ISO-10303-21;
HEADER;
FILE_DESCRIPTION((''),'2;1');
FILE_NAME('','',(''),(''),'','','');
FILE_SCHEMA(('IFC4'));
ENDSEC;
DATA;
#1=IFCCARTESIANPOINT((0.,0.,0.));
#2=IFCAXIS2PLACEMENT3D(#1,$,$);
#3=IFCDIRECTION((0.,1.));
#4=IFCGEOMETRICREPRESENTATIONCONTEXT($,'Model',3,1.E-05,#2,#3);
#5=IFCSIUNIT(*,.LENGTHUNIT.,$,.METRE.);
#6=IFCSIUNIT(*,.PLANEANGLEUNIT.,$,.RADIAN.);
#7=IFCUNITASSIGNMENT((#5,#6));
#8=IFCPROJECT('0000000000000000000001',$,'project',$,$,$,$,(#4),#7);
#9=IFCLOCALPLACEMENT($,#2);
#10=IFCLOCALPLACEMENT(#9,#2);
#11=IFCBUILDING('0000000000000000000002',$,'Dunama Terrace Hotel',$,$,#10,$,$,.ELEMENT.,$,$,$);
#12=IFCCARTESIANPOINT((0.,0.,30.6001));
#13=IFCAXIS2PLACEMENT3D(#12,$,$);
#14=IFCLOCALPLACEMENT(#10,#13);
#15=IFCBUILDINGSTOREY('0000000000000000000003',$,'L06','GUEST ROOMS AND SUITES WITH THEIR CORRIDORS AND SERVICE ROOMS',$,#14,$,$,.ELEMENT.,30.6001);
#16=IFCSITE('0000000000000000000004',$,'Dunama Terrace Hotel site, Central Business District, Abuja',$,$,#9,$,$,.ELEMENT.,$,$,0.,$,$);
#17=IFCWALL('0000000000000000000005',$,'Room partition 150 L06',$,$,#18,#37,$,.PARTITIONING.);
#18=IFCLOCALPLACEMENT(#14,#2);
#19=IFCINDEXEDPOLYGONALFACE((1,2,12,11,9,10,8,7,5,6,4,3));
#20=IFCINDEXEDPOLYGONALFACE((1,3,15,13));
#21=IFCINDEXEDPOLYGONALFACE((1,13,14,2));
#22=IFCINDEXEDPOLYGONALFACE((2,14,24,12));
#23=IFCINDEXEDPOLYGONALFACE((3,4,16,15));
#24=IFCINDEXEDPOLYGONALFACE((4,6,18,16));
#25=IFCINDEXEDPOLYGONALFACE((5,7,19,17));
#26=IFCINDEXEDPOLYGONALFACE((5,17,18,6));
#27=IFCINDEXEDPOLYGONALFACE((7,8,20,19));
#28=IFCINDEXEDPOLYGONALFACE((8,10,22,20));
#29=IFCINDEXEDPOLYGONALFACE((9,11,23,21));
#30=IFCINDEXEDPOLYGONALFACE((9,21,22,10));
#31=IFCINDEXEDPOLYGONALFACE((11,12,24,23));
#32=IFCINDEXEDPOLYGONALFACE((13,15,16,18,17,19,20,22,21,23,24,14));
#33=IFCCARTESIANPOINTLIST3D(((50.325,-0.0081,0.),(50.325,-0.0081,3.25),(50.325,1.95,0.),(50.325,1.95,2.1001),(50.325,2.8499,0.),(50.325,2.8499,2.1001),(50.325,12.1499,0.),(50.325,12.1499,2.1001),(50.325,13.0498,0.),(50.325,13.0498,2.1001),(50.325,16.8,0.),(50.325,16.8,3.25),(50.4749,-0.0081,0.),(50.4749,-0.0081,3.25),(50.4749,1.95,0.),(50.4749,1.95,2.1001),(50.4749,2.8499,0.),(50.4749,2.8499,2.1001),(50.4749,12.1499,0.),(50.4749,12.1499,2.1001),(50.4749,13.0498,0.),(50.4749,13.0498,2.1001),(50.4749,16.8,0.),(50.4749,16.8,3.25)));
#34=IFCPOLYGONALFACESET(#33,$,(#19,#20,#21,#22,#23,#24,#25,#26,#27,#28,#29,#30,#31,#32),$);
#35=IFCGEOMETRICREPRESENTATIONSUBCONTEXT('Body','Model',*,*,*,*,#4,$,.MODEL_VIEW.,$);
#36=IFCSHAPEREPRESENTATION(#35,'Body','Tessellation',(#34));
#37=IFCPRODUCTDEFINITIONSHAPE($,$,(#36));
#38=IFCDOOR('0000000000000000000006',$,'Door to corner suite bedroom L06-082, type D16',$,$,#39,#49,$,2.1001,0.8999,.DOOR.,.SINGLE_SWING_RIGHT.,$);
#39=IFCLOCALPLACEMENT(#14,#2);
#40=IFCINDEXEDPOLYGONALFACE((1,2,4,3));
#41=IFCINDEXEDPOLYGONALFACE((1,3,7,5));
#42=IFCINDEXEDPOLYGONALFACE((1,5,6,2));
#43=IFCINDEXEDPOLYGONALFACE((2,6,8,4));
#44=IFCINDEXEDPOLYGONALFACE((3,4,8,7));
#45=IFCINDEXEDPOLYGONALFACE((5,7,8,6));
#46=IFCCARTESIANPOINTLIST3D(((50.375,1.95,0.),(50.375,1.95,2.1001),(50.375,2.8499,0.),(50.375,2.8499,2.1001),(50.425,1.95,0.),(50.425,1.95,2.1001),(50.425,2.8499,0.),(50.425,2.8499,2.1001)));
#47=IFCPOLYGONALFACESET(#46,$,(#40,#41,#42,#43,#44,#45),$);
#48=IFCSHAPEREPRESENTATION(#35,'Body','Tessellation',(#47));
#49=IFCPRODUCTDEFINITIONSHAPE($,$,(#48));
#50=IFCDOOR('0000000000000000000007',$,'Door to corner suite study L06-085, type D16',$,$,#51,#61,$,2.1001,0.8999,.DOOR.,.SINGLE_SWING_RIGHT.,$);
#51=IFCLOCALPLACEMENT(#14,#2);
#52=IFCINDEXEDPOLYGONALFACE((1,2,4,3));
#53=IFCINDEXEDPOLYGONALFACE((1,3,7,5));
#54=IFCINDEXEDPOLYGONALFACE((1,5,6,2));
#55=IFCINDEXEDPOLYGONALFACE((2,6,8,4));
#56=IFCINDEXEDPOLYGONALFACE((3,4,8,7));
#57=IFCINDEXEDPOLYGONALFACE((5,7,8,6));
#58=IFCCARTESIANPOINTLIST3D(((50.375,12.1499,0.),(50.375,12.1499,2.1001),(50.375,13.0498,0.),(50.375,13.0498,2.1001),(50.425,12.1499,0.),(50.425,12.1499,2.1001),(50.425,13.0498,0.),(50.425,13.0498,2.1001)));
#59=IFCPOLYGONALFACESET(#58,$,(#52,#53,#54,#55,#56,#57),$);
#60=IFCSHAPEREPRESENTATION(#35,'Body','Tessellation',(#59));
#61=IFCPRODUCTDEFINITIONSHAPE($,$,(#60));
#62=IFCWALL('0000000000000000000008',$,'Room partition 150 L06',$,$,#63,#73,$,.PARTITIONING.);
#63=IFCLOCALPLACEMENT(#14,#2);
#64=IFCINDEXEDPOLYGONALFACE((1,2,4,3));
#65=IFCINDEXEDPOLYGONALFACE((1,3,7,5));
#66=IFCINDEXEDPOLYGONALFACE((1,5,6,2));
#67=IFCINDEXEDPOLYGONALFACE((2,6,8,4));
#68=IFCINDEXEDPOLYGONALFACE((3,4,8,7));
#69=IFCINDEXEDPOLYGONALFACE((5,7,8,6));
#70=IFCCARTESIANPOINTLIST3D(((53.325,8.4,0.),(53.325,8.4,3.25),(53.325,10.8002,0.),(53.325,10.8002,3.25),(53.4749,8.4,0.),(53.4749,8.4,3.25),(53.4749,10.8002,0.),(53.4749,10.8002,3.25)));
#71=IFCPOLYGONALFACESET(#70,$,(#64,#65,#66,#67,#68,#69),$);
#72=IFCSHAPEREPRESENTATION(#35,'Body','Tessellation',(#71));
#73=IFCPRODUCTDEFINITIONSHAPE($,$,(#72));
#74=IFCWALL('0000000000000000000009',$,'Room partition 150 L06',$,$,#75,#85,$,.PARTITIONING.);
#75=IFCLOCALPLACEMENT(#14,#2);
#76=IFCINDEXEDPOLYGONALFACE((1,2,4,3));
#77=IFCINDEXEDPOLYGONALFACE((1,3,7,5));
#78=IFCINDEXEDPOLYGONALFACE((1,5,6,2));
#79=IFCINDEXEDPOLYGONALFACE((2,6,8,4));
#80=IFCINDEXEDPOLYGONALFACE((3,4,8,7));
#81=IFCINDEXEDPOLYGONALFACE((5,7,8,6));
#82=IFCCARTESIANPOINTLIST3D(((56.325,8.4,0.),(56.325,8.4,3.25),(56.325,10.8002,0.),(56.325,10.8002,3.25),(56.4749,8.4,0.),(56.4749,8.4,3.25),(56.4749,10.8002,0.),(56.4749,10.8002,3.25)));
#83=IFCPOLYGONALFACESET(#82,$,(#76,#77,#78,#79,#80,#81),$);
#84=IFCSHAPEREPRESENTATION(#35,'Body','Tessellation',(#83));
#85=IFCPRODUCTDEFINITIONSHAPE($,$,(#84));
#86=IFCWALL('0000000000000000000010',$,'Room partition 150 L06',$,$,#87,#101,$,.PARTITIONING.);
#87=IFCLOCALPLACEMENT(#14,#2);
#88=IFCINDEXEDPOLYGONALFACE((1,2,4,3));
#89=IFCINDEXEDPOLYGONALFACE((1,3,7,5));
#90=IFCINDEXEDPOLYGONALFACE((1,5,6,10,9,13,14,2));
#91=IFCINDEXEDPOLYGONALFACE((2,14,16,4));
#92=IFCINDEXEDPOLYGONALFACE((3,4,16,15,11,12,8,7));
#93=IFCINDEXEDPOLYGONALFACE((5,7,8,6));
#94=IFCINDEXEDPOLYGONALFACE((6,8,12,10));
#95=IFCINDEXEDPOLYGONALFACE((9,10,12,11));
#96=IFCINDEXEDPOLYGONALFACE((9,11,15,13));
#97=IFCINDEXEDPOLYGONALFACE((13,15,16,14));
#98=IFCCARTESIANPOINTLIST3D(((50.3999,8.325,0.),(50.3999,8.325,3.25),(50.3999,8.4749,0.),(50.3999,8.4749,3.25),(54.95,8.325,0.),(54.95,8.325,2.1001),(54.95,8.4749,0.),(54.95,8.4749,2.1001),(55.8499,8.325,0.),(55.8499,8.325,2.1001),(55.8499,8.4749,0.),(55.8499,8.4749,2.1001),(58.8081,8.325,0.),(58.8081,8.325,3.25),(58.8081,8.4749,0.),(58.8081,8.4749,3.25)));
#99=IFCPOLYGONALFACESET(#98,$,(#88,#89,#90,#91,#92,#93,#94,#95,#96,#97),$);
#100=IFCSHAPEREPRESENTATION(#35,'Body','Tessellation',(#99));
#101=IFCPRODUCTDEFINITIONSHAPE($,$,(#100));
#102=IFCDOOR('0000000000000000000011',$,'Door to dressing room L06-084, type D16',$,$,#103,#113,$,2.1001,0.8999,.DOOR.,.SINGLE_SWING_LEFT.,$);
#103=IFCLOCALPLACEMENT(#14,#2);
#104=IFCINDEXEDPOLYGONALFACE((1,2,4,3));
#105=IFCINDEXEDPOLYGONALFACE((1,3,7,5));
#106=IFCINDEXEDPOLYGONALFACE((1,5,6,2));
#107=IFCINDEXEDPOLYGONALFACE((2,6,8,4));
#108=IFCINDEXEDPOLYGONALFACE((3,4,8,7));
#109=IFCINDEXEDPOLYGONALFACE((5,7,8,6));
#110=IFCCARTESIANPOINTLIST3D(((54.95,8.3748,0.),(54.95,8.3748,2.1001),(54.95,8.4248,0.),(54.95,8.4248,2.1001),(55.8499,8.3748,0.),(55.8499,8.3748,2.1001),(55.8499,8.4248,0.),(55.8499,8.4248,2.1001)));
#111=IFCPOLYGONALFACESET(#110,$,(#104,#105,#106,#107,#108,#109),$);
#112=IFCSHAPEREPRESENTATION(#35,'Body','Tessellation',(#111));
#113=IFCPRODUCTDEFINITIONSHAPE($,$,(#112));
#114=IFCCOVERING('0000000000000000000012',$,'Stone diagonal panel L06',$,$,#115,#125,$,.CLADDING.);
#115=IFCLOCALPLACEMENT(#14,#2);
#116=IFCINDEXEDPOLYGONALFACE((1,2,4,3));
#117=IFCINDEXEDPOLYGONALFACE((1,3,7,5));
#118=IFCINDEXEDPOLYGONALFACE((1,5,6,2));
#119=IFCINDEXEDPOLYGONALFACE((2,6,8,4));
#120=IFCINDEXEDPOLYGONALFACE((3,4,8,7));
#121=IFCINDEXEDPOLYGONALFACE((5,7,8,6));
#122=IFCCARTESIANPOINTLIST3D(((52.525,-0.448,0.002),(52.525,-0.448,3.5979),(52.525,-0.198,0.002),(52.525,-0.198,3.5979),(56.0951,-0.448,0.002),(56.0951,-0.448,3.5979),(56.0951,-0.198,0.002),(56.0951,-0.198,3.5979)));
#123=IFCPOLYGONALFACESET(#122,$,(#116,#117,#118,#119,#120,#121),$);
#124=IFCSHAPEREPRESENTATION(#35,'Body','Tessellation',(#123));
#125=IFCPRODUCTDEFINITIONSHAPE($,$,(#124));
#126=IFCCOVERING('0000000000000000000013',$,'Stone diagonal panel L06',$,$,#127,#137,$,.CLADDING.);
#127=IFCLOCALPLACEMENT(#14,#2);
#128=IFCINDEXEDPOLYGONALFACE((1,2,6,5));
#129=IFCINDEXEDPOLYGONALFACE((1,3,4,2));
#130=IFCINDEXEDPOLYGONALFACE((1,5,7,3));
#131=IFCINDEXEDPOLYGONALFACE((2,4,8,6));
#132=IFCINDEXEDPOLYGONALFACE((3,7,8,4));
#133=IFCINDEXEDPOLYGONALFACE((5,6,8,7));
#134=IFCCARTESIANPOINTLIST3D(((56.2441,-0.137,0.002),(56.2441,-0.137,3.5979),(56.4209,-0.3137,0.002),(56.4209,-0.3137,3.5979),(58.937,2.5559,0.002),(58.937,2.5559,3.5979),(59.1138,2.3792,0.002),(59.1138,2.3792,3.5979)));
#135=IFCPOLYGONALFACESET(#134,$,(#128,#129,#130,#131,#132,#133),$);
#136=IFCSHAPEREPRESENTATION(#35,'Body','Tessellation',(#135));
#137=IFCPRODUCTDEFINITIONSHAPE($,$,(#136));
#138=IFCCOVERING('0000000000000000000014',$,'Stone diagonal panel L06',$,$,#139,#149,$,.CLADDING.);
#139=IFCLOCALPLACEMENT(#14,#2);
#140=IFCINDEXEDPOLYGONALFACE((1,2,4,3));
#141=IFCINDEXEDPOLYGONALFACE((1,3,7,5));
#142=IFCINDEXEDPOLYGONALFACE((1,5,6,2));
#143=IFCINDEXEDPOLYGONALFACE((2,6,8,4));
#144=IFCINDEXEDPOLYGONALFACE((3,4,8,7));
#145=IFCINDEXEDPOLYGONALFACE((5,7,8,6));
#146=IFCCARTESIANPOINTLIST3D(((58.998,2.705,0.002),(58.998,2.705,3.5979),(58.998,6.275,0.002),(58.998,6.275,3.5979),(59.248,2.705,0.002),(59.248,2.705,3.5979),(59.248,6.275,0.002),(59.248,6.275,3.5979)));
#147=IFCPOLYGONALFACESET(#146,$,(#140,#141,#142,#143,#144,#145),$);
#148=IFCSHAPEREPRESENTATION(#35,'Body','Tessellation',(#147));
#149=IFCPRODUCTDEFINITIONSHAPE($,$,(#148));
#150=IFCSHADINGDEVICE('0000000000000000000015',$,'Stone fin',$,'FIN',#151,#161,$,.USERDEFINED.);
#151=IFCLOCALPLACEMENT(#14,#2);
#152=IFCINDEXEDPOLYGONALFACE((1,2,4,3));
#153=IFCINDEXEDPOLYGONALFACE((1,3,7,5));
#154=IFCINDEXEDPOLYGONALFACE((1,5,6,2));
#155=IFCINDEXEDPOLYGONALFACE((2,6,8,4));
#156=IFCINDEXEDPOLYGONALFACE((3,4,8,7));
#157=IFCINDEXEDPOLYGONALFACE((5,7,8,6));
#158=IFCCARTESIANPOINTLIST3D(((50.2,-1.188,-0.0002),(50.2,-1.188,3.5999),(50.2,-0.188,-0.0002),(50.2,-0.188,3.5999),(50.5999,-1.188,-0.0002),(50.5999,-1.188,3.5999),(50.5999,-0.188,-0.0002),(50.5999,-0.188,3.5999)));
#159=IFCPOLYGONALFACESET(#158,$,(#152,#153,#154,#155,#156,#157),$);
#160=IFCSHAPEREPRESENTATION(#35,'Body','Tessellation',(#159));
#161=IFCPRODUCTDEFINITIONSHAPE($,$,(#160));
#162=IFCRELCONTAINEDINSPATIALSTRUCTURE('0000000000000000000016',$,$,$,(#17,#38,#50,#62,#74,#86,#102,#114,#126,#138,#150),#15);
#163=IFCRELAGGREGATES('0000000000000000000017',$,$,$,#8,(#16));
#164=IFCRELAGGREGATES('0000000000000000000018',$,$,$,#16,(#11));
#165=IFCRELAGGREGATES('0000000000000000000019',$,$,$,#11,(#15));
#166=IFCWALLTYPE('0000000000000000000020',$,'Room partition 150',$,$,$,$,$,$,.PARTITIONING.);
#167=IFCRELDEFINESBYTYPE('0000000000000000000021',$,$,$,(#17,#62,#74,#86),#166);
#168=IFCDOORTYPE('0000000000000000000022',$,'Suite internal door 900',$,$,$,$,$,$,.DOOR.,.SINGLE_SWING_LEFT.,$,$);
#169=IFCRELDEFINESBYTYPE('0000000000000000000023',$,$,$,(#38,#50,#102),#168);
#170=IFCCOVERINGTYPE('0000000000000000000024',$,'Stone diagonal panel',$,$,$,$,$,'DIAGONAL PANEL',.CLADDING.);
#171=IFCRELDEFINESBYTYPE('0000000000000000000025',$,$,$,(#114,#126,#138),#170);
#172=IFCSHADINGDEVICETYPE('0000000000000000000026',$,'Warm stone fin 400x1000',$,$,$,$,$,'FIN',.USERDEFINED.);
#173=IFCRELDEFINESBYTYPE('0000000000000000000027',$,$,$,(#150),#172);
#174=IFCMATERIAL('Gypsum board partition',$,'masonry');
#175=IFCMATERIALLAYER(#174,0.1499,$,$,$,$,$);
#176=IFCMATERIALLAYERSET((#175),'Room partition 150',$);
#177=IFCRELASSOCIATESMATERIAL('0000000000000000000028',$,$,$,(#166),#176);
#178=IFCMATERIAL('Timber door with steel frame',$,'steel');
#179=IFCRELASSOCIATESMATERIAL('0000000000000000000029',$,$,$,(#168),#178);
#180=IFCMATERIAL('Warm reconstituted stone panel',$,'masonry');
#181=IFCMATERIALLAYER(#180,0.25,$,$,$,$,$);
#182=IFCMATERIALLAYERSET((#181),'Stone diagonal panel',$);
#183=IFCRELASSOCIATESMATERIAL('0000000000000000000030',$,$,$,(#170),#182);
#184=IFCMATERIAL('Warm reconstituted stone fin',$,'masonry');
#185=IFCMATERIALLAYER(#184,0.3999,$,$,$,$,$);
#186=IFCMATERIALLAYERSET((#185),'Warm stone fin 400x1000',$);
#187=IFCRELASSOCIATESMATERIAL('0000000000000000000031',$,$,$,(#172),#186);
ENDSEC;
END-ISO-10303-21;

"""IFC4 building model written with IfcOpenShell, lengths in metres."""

from ifc_helpers import new_model, si_unit, direction, frame, frame_2d, origin, origin_2d, place, context, subcontext, project, spatial, rectangle, extrude, material, layer, layer_set, type_object, element, fill, save


model = new_model("IFC4")

# Units and contexts
model_context = context("Model", 3, precision=1e-05, world=origin(), true_north=direction((0.0, 1.0)))
body_context = subcontext(model_context, "Body", "Model", "MODEL_VIEW")
ifc_project = project(units=[si_unit("LENGTHUNIT", "METRE"), si_unit("PLANEANGLEUNIT", "RADIAN")], contexts=[model_context])

# Site, building, storey
site_placement = place(None, origin())
site = spatial("IfcSite", under=ifc_project, at=site_placement, Name="Dunama Terrace Hotel site, Central Business District, Abuja", CompositionType="ELEMENT", RefElevation=0.0)
building_placement = place(site_placement, origin())
building = spatial("IfcBuilding", under=site, at=building_placement, Name="Dunama Terrace Hotel", CompositionType="ELEMENT")
storey_placement = place(building_placement, frame((0.0, 0.0, 30.6001)))
storey = spatial("IfcBuildingStorey", under=building, at=storey_placement, Name="L06", Description="GUEST ROOMS AND SUITES WITH THEIR CORRIDORS AND SERVICE ROOMS", CompositionType="ELEMENT", Elevation=30.6001)

# Wall, openings, doors
ifc_material_1 = material(Name="Gypsum board partition", Category="masonry")
ifc_layer_1 = layer(ifc_material_1, 0.1499)
ifc_layer_set_1 = layer_set([ifc_layer_1], Name="Room partition 150")
wall_type_1 = type_object("IfcWallType", Name="Room partition 150", PredefinedType="PARTITIONING", material=ifc_layer_set_1)
wall_1_placement = place(storey_placement, frame((50.3999, -0.0081, 0.0), z_axis=(0.0, 0.0, 1.0), x_axis=(0.0, 1.0, 0.0)))
wall_1 = element("IfcWall", 1, at=wall_1_placement, inside=storey, type_object=wall_type_1, Name="Room partition 150 L06", PredefinedType="PARTITIONING", context=body_context, shape_type="SweptSolid", body=[
    extrude(rectangle(XDim=16.8081, YDim=0.1499, at=frame_2d((8.4041, 0.0))), origin(), (0.0, 0.0, 1.0), 3.25),
])
opening_1_placement = place(wall_1_placement, frame((1.958, 0.0, 0.0)))
opening_1 = element("IfcOpeningElement", 2, at=opening_1_placement, cuts=wall_1, PredefinedType="OPENING", context=body_context, shape_type="SweptSolid", body=[
    extrude(rectangle(XDim=0.8999, YDim=2.1001, at=frame_2d((0.45, 1.05))), frame((0.0, 0.085, 0.0), z_axis=(0.0, -1.0, 0.0), x_axis=(1.0, 0.0, 0.0)), (0.0, 0.0, 1.0), 0.1699),
])
opening_2_placement = place(wall_1_placement, frame((12.158, 0.0, 0.0)))
opening_2 = element("IfcOpeningElement", 3, at=opening_2_placement, cuts=wall_1, PredefinedType="OPENING", context=body_context, shape_type="SweptSolid", body=[
    extrude(rectangle(XDim=0.8999, YDim=2.1001, at=frame_2d((0.45, 1.05))), frame((0.0, 0.085, 0.0), z_axis=(0.0, -1.0, 0.0), x_axis=(1.0, 0.0, 0.0)), (0.0, 0.0, 1.0), 0.1699),
])
ifc_material_2 = material(Name="Timber door with steel frame", Category="steel")
door_type_1 = type_object("IfcDoorType", Name="Suite internal door 900", OperationType="SINGLE_SWING_LEFT", PredefinedType="DOOR", material=ifc_material_2)
door_1_placement = place(opening_1_placement, frame((0.8999, 0.0, 0.0), z_axis=(0.0, 0.0, 1.0), x_axis=(-1.0, 0.0, 0.0)))
door_1 = element("IfcDoor", 4, at=door_1_placement, inside=storey, type_object=door_type_1, Name="Door to corner suite bedroom L06-082, type D16", OperationType="SINGLE_SWING_RIGHT", OverallHeight=2.1001, OverallWidth=0.8999, PredefinedType="DOOR", context=body_context, shape_type="SweptSolid", body=[
    extrude(rectangle(XDim=0.8999, YDim=2.1001, at=frame_2d((0.45, 1.05))), frame((0.0, 0.0251, 0.0), z_axis=(0.0, -1.0, 0.0), x_axis=(1.0, 0.0, 0.0)), (0.0, 0.0, 1.0), 0.05),
])
fill(opening_1, door_1)
door_2_placement = place(opening_2_placement, frame((0.8999, 0.0, 0.0), z_axis=(0.0, 0.0, 1.0), x_axis=(-1.0, 0.0, 0.0)))
door_2 = element("IfcDoor", 5, at=door_2_placement, inside=storey, type_object=door_type_1, Name="Door to corner suite study L06-085, type D16", OperationType="SINGLE_SWING_RIGHT", OverallHeight=2.1001, OverallWidth=0.8999, PredefinedType="DOOR", context=body_context, shape_type="SweptSolid", body=[
    extrude(rectangle(XDim=0.8999, YDim=2.1001, at=frame_2d((0.45, 1.05))), frame((0.0, 0.0251, 0.0), z_axis=(0.0, -1.0, 0.0), x_axis=(1.0, 0.0, 0.0)), (0.0, 0.0, 1.0), 0.05),
])
fill(opening_2, door_2)

# Walls
for number, where, z_axis, x_axis, name in (
    (6, (53.3999, 8.3999, 0.0), (0.0, 0.0, 1.0), (0.0, 1.0, 0.0), "Room partition 150 L06"),
    (7, (56.3999, 8.3999, 0.0), (0.0, 0.0, 1.0), (0.0, 1.0, 0.0), "Room partition 150 L06"),
):
    element("IfcWall", number, at=place(storey_placement, frame(where, z_axis=z_axis, x_axis=x_axis)), inside=storey, type_object=wall_type_1, Name=name, PredefinedType="PARTITIONING", context=body_context, shape_type="SweptSolid", body=[
        extrude(rectangle(XDim=2.4001, YDim=0.1499, at=frame_2d((1.2002, 0.0))), origin(), (0.0, 0.0, 1.0), 3.25),
    ])

# Wall, opening, door
wall_2_placement = place(storey_placement, frame((50.3999, 8.3999, 0.0), z_axis=(0.0, 0.0, 1.0), x_axis=(1.0, 0.0, 0.0)))
wall_2 = element("IfcWall", 8, at=wall_2_placement, inside=storey, type_object=wall_type_1, Name="Room partition 150 L06", PredefinedType="PARTITIONING", context=body_context, shape_type="SweptSolid", body=[
    extrude(rectangle(XDim=8.4082, YDim=0.1499, at=frame_2d((4.2041, 0.0))), origin(), (0.0, 0.0, 1.0), 3.25),
])
opening_3_placement = place(wall_2_placement, frame((4.55, 0.0, 0.0)))
opening_3 = element("IfcOpeningElement", 9, at=opening_3_placement, cuts=wall_2, PredefinedType="OPENING", context=body_context, shape_type="SweptSolid", body=[
    extrude(rectangle(XDim=0.8999, YDim=2.1001, at=frame_2d((0.45, 1.05))), frame((0.0, 0.085, 0.0), z_axis=(0.0, -1.0, 0.0), x_axis=(1.0, 0.0, 0.0)), (0.0, 0.0, 1.0), 0.1699),
])
door_3_placement = place(opening_3_placement, origin())
door_3 = element("IfcDoor", 10, at=door_3_placement, inside=storey, type_object=door_type_1, Name="Door to dressing room L06-084, type D16", OperationType="SINGLE_SWING_LEFT", OverallHeight=2.1001, OverallWidth=0.8999, PredefinedType="DOOR", context=body_context, shape_type="SweptSolid", body=[
    extrude(rectangle(XDim=0.8999, YDim=2.1001, at=frame_2d((0.45, 1.05))), frame((0.0, 0.0249, 0.0), z_axis=(0.0, -1.0, 0.0), x_axis=(1.0, 0.0, 0.0)), (0.0, 0.0, 1.0), 0.05),
])
fill(opening_3, door_3)

# Coverings
ifc_material_3 = material(Name="Warm reconstituted stone panel", Category="masonry")
ifc_layer_2 = layer(ifc_material_3, 0.25)
ifc_layer_set_2 = layer_set([ifc_layer_2], Name="Stone diagonal panel")
covering_type = type_object("IfcCoveringType", Name="Stone diagonal panel", ElementType="DIAGONAL PANEL", PredefinedType="CLADDING", material=ifc_layer_set_2)
covering_1_placement = place(storey_placement, frame((54.3101, -0.323, 0.002), z_axis=(0.0, 0.0, 1.0), x_axis=(1.0, 0.0, 0.0)))
element("IfcCovering", 11, at=covering_1_placement, inside=storey, type_object=covering_type, Name="Stone diagonal panel L06", PredefinedType="CLADDING", context=body_context, shape_type="SweptSolid", body=[
    extrude(rectangle(XDim=3.5701, YDim=0.25, at=origin_2d()), origin(), (0.0, 0.0, 1.0), 3.5959),
])
covering_2_placement = place(storey_placement, frame((57.679, 1.1211, 0.002), z_axis=(0.0, 0.0, 1.0), x_axis=(0.707107, 0.707107, 0.0)))
element("IfcCovering", 12, at=covering_2_placement, inside=storey, type_object=covering_type, Name="Stone diagonal panel L06", PredefinedType="CLADDING", context=body_context, shape_type="SweptSolid", body=[
    extrude(rectangle(XDim=3.8083, YDim=0.25, at=origin_2d()), origin(), (0.0, 0.0, 1.0), 3.5959),
])
covering_3_placement = place(storey_placement, frame((59.123, 4.49, 0.002), z_axis=(0.0, 0.0, 1.0), x_axis=(0.0, 1.0, 0.0)))
element("IfcCovering", 13, at=covering_3_placement, inside=storey, type_object=covering_type, Name="Stone diagonal panel L06", PredefinedType="CLADDING", context=body_context, shape_type="SweptSolid", body=[
    extrude(rectangle(XDim=3.5701, YDim=0.25, at=origin_2d()), origin(), (0.0, 0.0, 1.0), 3.5959),
])

# Shading device
ifc_material_4 = material(Name="Warm reconstituted stone fin", Category="masonry")
ifc_layer_3 = layer(ifc_material_4, 0.3999)
ifc_layer_set_3 = layer_set([ifc_layer_3], Name="Warm stone fin 400x1000")
shading_device_type = type_object("IfcShadingDeviceType", Name="Warm stone fin 400x1000", ElementType="FIN", PredefinedType="USERDEFINED", material=ifc_layer_set_3)
shading_device_placement = place(storey_placement, frame((50.3999, -0.688, -0.0002), z_axis=(0.0, 0.0, 1.0), x_axis=(1.0, 0.0, 0.0)))
element("IfcShadingDevice", 14, at=shading_device_placement, inside=storey, type_object=shading_device_type, Name="Stone fin", ObjectType="FIN", PredefinedType="USERDEFINED", context=body_context, shape_type="SweptSolid", body=[
    extrude(rectangle(XDim=0.3999, YDim=1.0, at=origin_2d()), origin(), (0.0, 0.0, 1.0), 3.6001),
])

save(model, "model.ifc")
